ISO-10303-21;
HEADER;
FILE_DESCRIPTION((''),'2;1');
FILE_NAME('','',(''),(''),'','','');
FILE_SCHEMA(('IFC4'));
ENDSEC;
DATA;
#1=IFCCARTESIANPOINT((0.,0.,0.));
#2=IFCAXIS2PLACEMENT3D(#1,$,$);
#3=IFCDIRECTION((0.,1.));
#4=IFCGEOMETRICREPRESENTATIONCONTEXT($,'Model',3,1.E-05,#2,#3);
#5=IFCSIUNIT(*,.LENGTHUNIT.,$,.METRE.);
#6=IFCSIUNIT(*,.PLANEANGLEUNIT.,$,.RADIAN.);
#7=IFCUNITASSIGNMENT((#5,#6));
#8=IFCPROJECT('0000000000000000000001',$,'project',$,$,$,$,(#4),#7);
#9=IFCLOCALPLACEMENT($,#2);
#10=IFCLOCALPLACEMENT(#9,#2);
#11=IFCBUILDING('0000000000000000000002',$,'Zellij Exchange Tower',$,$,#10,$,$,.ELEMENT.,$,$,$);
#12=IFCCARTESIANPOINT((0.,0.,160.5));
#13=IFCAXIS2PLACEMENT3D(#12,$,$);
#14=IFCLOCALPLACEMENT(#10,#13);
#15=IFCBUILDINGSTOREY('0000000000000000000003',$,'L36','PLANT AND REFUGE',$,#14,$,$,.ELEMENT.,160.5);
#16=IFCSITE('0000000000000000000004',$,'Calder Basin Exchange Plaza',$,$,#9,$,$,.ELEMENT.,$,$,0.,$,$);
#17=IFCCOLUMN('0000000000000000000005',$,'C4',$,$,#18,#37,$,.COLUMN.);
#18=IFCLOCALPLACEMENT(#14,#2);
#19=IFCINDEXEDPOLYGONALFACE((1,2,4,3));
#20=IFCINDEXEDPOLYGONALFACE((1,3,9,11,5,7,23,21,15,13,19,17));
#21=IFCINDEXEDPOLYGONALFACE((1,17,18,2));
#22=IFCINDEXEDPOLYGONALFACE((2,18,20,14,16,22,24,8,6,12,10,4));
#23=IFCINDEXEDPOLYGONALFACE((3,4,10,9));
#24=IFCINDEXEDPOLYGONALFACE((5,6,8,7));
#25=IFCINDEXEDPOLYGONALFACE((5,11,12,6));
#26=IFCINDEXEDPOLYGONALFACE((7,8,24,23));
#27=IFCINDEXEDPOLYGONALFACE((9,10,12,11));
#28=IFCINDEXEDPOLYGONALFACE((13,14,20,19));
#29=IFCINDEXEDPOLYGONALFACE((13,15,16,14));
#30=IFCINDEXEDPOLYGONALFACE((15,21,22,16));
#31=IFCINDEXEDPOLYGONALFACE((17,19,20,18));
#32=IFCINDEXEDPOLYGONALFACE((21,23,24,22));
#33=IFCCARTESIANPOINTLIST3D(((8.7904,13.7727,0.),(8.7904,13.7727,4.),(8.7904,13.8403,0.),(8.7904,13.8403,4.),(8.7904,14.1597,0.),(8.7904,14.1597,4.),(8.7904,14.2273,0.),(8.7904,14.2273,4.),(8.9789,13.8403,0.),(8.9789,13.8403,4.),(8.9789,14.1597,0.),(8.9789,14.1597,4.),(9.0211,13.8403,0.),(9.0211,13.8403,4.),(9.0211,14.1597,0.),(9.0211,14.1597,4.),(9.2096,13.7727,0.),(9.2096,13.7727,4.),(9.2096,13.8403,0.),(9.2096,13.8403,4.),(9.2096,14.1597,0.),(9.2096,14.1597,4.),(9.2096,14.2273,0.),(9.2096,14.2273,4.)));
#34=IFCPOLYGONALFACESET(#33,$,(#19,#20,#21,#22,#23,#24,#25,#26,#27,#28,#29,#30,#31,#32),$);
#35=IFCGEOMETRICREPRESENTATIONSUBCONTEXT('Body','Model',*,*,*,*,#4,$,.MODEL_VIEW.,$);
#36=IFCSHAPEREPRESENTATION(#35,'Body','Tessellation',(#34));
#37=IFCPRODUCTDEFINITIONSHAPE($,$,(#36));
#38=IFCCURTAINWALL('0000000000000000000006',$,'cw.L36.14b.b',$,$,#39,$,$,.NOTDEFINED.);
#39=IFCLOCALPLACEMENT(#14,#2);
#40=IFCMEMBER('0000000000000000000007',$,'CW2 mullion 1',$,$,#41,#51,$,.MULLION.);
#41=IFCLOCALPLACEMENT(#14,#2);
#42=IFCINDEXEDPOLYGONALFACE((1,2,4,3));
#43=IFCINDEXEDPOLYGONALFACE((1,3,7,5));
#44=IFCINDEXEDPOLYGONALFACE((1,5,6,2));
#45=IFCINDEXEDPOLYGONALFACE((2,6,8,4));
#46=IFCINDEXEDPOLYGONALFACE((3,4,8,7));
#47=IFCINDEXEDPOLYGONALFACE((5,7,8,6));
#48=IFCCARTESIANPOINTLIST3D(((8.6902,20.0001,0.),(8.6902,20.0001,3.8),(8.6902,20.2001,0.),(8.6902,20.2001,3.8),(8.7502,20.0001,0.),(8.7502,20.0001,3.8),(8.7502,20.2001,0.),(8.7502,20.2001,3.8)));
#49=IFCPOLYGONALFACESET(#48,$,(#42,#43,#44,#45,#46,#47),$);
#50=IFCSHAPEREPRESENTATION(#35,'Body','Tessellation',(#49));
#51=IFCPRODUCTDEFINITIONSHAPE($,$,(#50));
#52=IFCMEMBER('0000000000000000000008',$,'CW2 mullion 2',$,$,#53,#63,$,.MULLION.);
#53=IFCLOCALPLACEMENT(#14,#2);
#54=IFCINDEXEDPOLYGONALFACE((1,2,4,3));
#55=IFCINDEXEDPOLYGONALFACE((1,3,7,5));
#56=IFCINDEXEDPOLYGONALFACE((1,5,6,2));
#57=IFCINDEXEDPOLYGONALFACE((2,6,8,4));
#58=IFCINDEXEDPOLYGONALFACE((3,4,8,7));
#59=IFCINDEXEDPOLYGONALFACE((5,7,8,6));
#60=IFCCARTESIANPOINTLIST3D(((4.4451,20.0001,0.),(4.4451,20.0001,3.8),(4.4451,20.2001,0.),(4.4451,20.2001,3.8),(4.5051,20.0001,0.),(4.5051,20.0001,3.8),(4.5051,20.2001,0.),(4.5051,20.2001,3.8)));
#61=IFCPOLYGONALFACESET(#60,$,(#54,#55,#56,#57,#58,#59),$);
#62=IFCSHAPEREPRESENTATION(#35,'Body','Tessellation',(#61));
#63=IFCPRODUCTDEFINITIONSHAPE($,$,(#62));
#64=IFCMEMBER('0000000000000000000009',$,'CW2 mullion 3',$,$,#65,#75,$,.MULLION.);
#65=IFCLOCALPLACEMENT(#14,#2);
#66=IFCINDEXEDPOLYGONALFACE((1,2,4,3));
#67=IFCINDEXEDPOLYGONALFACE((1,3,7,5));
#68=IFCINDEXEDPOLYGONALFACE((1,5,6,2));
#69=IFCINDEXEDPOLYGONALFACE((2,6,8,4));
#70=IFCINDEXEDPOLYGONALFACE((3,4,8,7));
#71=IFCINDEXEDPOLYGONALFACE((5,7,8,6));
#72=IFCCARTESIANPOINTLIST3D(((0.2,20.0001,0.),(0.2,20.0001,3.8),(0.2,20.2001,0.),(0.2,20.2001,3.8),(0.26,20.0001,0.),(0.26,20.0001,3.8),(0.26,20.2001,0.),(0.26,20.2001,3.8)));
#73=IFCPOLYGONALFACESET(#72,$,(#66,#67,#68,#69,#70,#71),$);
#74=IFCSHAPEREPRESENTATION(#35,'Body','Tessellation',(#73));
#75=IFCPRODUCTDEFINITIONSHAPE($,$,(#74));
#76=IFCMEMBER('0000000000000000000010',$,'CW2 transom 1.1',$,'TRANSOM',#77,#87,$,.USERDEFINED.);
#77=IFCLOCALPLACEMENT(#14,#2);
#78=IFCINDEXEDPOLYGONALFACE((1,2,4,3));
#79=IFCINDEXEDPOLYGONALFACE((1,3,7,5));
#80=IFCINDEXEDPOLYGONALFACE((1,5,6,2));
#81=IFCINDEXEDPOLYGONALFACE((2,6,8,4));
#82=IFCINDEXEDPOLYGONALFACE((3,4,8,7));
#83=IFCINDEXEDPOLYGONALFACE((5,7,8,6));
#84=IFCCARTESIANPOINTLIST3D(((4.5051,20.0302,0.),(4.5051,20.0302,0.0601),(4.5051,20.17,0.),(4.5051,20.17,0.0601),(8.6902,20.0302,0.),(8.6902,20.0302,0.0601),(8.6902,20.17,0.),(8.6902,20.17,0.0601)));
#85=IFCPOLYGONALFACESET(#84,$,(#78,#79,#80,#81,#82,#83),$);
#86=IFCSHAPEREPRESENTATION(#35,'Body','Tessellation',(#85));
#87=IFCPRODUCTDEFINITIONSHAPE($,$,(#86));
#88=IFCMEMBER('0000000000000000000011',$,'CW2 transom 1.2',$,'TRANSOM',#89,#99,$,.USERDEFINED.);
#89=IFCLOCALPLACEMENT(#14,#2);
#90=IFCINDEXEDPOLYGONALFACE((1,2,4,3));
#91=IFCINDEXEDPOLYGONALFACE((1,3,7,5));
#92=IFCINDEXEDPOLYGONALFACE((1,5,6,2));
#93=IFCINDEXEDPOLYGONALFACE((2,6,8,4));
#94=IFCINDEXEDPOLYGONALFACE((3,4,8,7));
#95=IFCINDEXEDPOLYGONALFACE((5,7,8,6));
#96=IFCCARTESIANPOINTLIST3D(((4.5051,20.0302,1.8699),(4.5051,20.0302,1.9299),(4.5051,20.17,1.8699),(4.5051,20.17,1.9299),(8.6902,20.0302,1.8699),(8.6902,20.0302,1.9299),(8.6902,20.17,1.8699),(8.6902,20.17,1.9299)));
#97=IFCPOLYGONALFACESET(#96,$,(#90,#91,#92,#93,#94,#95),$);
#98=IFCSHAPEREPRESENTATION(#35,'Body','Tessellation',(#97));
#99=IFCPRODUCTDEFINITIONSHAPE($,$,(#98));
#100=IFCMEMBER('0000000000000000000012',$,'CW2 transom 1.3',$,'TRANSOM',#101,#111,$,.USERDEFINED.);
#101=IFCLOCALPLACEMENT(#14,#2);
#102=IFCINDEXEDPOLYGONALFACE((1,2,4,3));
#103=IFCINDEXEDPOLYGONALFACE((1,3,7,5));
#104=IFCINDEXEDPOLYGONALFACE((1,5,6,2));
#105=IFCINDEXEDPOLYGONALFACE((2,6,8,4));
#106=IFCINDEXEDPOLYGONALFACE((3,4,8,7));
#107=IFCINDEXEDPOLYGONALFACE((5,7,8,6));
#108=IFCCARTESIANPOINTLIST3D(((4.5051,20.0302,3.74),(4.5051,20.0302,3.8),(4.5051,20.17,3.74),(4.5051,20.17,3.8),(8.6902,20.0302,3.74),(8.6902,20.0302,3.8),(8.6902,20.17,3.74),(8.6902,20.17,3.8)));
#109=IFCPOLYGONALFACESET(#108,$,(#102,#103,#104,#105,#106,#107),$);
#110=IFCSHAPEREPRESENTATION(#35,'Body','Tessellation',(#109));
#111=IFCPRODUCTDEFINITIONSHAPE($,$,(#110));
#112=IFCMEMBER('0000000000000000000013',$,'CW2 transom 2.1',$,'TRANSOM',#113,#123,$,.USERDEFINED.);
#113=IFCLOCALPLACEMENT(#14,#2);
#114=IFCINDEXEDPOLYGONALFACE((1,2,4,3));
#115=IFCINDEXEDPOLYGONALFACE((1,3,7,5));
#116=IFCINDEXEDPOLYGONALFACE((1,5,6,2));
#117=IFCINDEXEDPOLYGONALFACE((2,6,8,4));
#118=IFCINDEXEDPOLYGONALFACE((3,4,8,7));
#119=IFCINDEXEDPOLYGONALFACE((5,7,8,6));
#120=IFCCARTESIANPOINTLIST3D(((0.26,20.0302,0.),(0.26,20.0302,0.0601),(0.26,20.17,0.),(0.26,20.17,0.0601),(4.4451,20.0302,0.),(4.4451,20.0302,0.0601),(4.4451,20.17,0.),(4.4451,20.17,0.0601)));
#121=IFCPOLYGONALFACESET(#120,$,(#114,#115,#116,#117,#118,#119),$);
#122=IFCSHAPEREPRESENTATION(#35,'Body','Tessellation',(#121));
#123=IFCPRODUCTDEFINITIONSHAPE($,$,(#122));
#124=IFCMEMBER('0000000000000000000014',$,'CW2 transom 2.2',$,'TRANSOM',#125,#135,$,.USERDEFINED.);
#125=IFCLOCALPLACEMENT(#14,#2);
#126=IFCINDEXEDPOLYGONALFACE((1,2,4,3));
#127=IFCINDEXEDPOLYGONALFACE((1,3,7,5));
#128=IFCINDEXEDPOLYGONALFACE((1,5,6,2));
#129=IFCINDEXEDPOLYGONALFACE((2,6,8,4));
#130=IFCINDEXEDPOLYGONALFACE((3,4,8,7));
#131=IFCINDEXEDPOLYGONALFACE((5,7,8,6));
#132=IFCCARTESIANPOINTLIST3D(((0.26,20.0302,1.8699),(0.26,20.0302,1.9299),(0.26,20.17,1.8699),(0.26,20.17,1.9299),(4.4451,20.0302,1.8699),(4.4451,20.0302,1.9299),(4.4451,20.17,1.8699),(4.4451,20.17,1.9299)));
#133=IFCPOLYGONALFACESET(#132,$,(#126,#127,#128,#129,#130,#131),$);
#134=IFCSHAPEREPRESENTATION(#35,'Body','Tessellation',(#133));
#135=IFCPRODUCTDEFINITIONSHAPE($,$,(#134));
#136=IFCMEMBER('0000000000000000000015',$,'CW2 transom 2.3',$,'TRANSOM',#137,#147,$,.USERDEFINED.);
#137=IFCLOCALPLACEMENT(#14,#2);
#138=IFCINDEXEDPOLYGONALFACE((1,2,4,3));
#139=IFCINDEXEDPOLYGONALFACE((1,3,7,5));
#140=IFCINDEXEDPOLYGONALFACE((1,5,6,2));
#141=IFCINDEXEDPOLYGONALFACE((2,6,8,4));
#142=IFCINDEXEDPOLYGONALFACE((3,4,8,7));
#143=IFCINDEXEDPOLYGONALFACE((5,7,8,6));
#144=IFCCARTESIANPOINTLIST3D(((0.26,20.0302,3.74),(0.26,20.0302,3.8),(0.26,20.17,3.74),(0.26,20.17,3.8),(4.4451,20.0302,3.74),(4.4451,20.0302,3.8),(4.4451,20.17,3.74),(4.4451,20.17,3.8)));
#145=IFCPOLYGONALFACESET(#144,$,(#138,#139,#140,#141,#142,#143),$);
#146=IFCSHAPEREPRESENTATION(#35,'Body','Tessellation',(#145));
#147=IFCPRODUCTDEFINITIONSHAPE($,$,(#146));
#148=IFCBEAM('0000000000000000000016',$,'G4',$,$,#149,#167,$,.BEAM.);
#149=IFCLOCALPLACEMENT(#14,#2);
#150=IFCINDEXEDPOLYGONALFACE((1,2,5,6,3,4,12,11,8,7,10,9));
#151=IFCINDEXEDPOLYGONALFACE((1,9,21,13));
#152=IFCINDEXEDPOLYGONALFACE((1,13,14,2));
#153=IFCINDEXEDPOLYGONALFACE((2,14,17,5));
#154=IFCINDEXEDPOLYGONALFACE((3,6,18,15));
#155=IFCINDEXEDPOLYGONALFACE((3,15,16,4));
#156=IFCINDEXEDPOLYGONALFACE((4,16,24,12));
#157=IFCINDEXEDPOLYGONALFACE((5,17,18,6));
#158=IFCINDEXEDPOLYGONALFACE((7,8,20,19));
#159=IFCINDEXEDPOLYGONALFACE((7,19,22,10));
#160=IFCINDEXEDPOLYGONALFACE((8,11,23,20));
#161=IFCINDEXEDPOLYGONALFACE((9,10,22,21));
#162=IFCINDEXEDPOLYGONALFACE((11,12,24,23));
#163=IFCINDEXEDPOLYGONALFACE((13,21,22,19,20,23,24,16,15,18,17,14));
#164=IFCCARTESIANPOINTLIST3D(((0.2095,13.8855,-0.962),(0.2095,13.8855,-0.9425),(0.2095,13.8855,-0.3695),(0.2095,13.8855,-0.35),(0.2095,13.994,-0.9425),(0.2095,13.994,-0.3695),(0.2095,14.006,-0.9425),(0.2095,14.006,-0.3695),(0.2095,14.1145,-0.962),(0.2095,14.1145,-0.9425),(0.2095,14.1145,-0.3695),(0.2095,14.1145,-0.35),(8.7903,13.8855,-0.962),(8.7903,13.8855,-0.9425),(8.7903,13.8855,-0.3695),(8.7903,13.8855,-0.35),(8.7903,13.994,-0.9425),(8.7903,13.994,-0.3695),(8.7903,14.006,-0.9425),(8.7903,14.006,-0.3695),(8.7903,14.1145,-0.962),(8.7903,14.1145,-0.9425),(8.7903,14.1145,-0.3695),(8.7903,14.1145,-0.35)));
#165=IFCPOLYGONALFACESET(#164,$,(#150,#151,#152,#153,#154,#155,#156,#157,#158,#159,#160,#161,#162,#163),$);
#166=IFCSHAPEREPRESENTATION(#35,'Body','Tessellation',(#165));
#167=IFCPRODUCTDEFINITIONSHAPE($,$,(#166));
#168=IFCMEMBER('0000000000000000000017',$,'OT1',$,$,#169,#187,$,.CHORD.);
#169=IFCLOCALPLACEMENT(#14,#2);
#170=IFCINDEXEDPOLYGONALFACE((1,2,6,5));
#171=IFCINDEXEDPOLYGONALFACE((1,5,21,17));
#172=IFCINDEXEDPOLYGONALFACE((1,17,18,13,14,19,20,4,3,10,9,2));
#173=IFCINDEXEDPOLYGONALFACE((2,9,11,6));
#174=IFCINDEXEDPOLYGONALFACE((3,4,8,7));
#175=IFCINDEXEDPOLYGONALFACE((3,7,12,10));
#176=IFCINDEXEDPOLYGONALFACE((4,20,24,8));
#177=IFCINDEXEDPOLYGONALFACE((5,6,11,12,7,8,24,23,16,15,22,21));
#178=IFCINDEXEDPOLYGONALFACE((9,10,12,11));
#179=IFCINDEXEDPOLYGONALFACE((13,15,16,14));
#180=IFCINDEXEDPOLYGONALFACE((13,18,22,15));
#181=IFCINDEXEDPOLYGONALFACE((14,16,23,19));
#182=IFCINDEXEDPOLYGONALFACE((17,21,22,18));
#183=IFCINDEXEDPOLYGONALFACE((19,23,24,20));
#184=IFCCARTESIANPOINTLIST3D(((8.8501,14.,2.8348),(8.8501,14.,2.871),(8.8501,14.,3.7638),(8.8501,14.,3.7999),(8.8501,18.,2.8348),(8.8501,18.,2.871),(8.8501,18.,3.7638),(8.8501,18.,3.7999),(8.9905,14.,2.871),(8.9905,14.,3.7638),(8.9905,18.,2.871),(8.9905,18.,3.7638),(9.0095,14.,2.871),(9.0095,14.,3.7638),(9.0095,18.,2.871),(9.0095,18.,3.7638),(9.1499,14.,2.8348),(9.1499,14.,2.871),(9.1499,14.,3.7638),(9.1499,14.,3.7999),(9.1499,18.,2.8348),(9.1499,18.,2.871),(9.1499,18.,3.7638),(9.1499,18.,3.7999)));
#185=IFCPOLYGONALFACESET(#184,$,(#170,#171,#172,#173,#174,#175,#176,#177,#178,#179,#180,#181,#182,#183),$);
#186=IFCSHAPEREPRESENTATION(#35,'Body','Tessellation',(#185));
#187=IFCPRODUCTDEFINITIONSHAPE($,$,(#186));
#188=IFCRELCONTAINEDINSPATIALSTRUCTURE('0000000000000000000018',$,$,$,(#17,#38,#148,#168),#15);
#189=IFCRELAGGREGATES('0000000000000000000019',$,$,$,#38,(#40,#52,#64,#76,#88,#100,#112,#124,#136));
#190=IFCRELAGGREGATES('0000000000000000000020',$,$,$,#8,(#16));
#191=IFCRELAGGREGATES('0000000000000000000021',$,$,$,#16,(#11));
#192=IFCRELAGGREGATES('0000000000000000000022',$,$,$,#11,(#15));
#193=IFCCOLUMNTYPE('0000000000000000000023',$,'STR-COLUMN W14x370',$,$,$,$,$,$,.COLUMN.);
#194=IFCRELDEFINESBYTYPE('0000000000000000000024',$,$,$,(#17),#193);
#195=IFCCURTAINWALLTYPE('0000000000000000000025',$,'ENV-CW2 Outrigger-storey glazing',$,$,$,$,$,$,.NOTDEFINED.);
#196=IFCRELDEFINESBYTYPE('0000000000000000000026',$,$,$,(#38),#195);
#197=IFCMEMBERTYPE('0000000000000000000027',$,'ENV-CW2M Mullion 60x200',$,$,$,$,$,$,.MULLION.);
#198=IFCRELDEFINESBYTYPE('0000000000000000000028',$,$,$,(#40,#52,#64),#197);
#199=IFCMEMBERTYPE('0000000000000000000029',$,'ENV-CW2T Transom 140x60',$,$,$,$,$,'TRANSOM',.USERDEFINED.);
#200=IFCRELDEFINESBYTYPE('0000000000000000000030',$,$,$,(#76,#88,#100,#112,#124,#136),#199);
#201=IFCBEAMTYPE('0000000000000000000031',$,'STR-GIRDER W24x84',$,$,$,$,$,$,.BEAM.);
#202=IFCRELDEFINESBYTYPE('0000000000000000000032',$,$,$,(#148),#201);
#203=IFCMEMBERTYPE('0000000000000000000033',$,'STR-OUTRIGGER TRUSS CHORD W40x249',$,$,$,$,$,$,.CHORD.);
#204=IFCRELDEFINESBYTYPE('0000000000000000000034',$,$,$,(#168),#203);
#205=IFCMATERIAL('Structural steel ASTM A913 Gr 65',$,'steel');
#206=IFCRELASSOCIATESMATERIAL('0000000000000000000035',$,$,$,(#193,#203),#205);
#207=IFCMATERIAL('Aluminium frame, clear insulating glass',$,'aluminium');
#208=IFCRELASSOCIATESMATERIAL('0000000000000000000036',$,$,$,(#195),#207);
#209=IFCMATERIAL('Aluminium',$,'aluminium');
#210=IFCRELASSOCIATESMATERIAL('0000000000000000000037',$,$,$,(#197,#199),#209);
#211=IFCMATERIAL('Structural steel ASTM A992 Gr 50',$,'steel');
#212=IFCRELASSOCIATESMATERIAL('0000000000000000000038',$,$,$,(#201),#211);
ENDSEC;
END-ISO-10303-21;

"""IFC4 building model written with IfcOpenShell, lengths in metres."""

from ifc_helpers import new_model, si_unit, direction, frame, origin, origin_2d, place, context, subcontext, project, spatial, rectangle, i_section, extrude, material, material_profile, profile_set, type_object, element, aggregate, save


model = new_model("IFC4")

# Units and contexts
model_context = context("Model", 3, precision=1e-05, world=origin(), true_north=direction((0.0, 1.0)))
body_context = subcontext(model_context, "Body", "Model", "MODEL_VIEW")
ifc_project = project(units=[si_unit("LENGTHUNIT", "METRE"), si_unit("PLANEANGLEUNIT", "RADIAN")], contexts=[model_context])

# Site, building, storey
site_placement = place(None, origin())
site = spatial("IfcSite", under=ifc_project, at=site_placement, Name="Calder Basin Exchange Plaza", CompositionType="ELEMENT", RefElevation=0.0)
building_placement = place(site_placement, origin())
building = spatial("IfcBuilding", under=site, at=building_placement, Name="Zellij Exchange Tower", CompositionType="ELEMENT")
storey_placement = place(building_placement, frame((0.0, 0.0, 160.5)))
storey = spatial("IfcBuildingStorey", under=building, at=storey_placement, Name="L36", Description="PLANT AND REFUGE", CompositionType="ELEMENT", Elevation=160.5)

# Column
ifc_material_1 = material(Name="Structural steel ASTM A913 Gr 65", Category="steel")
ifc_material_profile_1 = material_profile(ifc_material_1, i_section(OverallWidth=0.4192, OverallDepth=0.4546, WebThickness=0.0422, FlangeThickness=0.0676, at=origin_2d()), Name="W14x370")
ifc_profile_set_1 = profile_set([ifc_material_profile_1], Name="Structural steel ASTM A913 Gr 65")
column_type = type_object("IfcColumnType", Name="STR-COLUMN W14x370", PredefinedType="COLUMN", material=ifc_profile_set_1)
column_placement = place(storey_placement, frame((9.0, 14.0, 0.0), z_axis=(0.0, 0.0, 1.0), x_axis=(1.0, 0.0, 0.0)))
element("IfcColumn", 1, at=column_placement, inside=storey, type_object=column_type, Name="C4", PredefinedType="COLUMN", context=body_context, shape_type="SweptSolid", body=[
    extrude(i_section(OverallWidth=0.4192, OverallDepth=0.4546, WebThickness=0.0422, FlangeThickness=0.0676, at=origin_2d()), origin(), (0.0, 0.0, 1.0), 4.0),
])

# Curtain wall, members
ifc_material_2 = material(Name="Aluminium frame, clear insulating glass", Category="aluminium")
curtain_wall_type = type_object("IfcCurtainWallType", Name="ENV-CW2 Outrigger-storey glazing", PredefinedType="NOTDEFINED", material=ifc_material_2)
curtain_wall_placement = place(storey_placement, origin())
curtain_wall = element("IfcCurtainWall", 2, at=curtain_wall_placement, inside=storey, type_object=curtain_wall_type, Name="cw.L36.14b.b", PredefinedType="NOTDEFINED")
ifc_material_3 = material(Name="Aluminium", Category="aluminium")
ifc_material_profile_2 = material_profile(ifc_material_3, rectangle(XDim=0.0601, YDim=0.2, at=origin_2d()), Name="AL 60x200")
ifc_profile_set_2 = profile_set([ifc_material_profile_2], Name="Aluminium")
member_type_1 = type_object("IfcMemberType", Name="ENV-CW2M Mullion 60x200", PredefinedType="MULLION", material=ifc_profile_set_2)
member_1_placement = place(storey_placement, frame((8.7202, 20.1001, 0.0), z_axis=(0.0, 0.0, 1.0), x_axis=(-1.0, 0.0, 0.0)))
member_1 = element("IfcMember", 3, at=member_1_placement, type_object=member_type_1, Name="CW2 mullion 1", PredefinedType="MULLION", context=body_context, shape_type="SweptSolid", body=[
    extrude(rectangle(XDim=0.0601, YDim=0.2, at=origin_2d()), origin(), (0.0, 0.0, 1.0), 3.8),
])
member_2_placement = place(storey_placement, frame((4.4751, 20.1001, 0.0), z_axis=(0.0, 0.0, 1.0), x_axis=(-1.0, 0.0, 0.0)))
member_2 = element("IfcMember", 4, at=member_2_placement, type_object=member_type_1, Name="CW2 mullion 2", PredefinedType="MULLION", context=body_context, shape_type="SweptSolid", body=[
    extrude(rectangle(XDim=0.0601, YDim=0.2, at=origin_2d()), origin(), (0.0, 0.0, 1.0), 3.8),
])
member_3_placement = place(storey_placement, frame((0.23, 20.1001, 0.0), z_axis=(0.0, 0.0, 1.0), x_axis=(-1.0, 0.0, 0.0)))
member_3 = element("IfcMember", 5, at=member_3_placement, type_object=member_type_1, Name="CW2 mullion 3", PredefinedType="MULLION", context=body_context, shape_type="SweptSolid", body=[
    extrude(rectangle(XDim=0.0601, YDim=0.2, at=origin_2d()), origin(), (0.0, 0.0, 1.0), 3.8),
])
ifc_material_profile_3 = material_profile(ifc_material_3, rectangle(XDim=0.1399, YDim=0.0601, at=origin_2d()), Name="AL 140x60")
ifc_profile_set_3 = profile_set([ifc_material_profile_3], Name="Aluminium")
member_type_2 = type_object("IfcMemberType", Name="ENV-CW2T Transom 140x60", ElementType="TRANSOM", PredefinedType="USERDEFINED", material=ifc_profile_set_3)
member_4_placement = place(storey_placement, frame((8.6902, 20.1001, 0.03), z_axis=(-1.0, 0.0, 0.0), x_axis=(0.0, -1.0, 0.0)))
member_4 = element("IfcMember", 6, at=member_4_placement, type_object=member_type_2, Name="CW2 transom 1.1", ObjectType="TRANSOM", PredefinedType="USERDEFINED", context=body_context, shape_type="SweptSolid", body=[
    extrude(rectangle(XDim=0.1399, YDim=0.0601, at=origin_2d()), origin(), (0.0, 0.0, 1.0), 4.1851),
])
member_5_placement = place(storey_placement, frame((8.6902, 20.1001, 1.8999), z_axis=(-1.0, 0.0, 0.0), x_axis=(0.0, -1.0, 0.0)))
member_5 = element("IfcMember", 7, at=member_5_placement, type_object=member_type_2, Name="CW2 transom 1.2", ObjectType="TRANSOM", PredefinedType="USERDEFINED", context=body_context, shape_type="SweptSolid", body=[
    extrude(rectangle(XDim=0.1399, YDim=0.0601, at=origin_2d()), origin(), (0.0, 0.0, 1.0), 4.1851),
])
member_6_placement = place(storey_placement, frame((8.6902, 20.1001, 3.77), z_axis=(-1.0, 0.0, 0.0), x_axis=(0.0, -1.0, 0.0)))
member_6 = element("IfcMember", 8, at=member_6_placement, type_object=member_type_2, Name="CW2 transom 1.3", ObjectType="TRANSOM", PredefinedType="USERDEFINED", context=body_context, shape_type="SweptSolid", body=[
    extrude(rectangle(XDim=0.1399, YDim=0.0601, at=origin_2d()), origin(), (0.0, 0.0, 1.0), 4.1851),
])
member_7_placement = place(storey_placement, frame((4.4451, 20.1001, 0.03), z_axis=(-1.0, 0.0, 0.0), x_axis=(0.0, -1.0, 0.0)))
member_7 = element("IfcMember", 9, at=member_7_placement, type_object=member_type_2, Name="CW2 transom 2.1", ObjectType="TRANSOM", PredefinedType="USERDEFINED", context=body_context, shape_type="SweptSolid", body=[
    extrude(rectangle(XDim=0.1399, YDim=0.0601, at=origin_2d()), origin(), (0.0, 0.0, 1.0), 4.1851),
])
member_8_placement = place(storey_placement, frame((4.4451, 20.1001, 1.8999), z_axis=(-1.0, 0.0, 0.0), x_axis=(0.0, -1.0, 0.0)))
member_8 = element("IfcMember", 10, at=member_8_placement, type_object=member_type_2, Name="CW2 transom 2.2", ObjectType="TRANSOM", PredefinedType="USERDEFINED", context=body_context, shape_type="SweptSolid", body=[
    extrude(rectangle(XDim=0.1399, YDim=0.0601, at=origin_2d()), origin(), (0.0, 0.0, 1.0), 4.1851),
])
member_9_placement = place(storey_placement, frame((4.4451, 20.1001, 3.77), z_axis=(-1.0, 0.0, 0.0), x_axis=(0.0, -1.0, 0.0)))
member_9 = element("IfcMember", 11, at=member_9_placement, type_object=member_type_2, Name="CW2 transom 2.3", ObjectType="TRANSOM", PredefinedType="USERDEFINED", context=body_context, shape_type="SweptSolid", body=[
    extrude(rectangle(XDim=0.1399, YDim=0.0601, at=origin_2d()), origin(), (0.0, 0.0, 1.0), 4.1851),
])

# Beam
ifc_material_4 = material(Name="Structural steel ASTM A992 Gr 50", Category="steel")
ifc_material_profile_4 = material_profile(ifc_material_4, i_section(OverallWidth=0.229, OverallDepth=0.6121, WebThickness=0.012, FlangeThickness=0.0195, at=origin_2d()), Name="W24x84")
ifc_profile_set_4 = profile_set([ifc_material_profile_4], Name="Structural steel ASTM A992 Gr 50")
beam_type = type_object("IfcBeamType", Name="STR-GIRDER W24x84", PredefinedType="BEAM", material=ifc_profile_set_4)
beam_placement = place(storey_placement, frame((0.2095, 14.0, -0.656), z_axis=(1.0, 0.0, 0.0), x_axis=(0.0, 1.0, 0.0)))
element("IfcBeam", 12, at=beam_placement, inside=storey, type_object=beam_type, Name="G4", PredefinedType="BEAM", context=body_context, shape_type="SweptSolid", body=[
    extrude(i_section(OverallWidth=0.229, OverallDepth=0.6121, WebThickness=0.012, FlangeThickness=0.0195, at=origin_2d()), origin(), (0.0, 0.0, 1.0), 8.5808),
])

# Member
ifc_material_profile_5 = material_profile(ifc_material_1, i_section(OverallWidth=0.2998, OverallDepth=0.9651, WebThickness=0.019, FlangeThickness=0.0361, at=origin_2d()), Name="W40x249")
ifc_profile_set_5 = profile_set([ifc_material_profile_5], Name="Structural steel ASTM A913 Gr 65")
member_type_3 = type_object("IfcMemberType", Name="STR-OUTRIGGER TRUSS CHORD W40x249", PredefinedType="CHORD", material=ifc_profile_set_5)
for number, where, z_axis, x_axis, name in (
    (13, (9.0, 14.0, 3.3174), (0.0, 1.0, 0.0), (-1.0, 0.0, 0.0), "OT1"),
):
    element("IfcMember", number, at=place(storey_placement, frame(where, z_axis=z_axis, x_axis=x_axis)), inside=storey, type_object=member_type_3, Name=name, PredefinedType="CHORD", context=body_context, shape_type="SweptSolid", body=[
        extrude(i_section(OverallWidth=0.2998, OverallDepth=0.9651, WebThickness=0.019, FlangeThickness=0.0361, at=origin_2d()), origin(), (0.0, 0.0, 1.0), 4.0),
    ])

aggregate(curtain_wall, [member_1, member_2, member_3, member_4, member_5, member_6, member_7, member_8, member_9])

save(model, "model.ifc")
